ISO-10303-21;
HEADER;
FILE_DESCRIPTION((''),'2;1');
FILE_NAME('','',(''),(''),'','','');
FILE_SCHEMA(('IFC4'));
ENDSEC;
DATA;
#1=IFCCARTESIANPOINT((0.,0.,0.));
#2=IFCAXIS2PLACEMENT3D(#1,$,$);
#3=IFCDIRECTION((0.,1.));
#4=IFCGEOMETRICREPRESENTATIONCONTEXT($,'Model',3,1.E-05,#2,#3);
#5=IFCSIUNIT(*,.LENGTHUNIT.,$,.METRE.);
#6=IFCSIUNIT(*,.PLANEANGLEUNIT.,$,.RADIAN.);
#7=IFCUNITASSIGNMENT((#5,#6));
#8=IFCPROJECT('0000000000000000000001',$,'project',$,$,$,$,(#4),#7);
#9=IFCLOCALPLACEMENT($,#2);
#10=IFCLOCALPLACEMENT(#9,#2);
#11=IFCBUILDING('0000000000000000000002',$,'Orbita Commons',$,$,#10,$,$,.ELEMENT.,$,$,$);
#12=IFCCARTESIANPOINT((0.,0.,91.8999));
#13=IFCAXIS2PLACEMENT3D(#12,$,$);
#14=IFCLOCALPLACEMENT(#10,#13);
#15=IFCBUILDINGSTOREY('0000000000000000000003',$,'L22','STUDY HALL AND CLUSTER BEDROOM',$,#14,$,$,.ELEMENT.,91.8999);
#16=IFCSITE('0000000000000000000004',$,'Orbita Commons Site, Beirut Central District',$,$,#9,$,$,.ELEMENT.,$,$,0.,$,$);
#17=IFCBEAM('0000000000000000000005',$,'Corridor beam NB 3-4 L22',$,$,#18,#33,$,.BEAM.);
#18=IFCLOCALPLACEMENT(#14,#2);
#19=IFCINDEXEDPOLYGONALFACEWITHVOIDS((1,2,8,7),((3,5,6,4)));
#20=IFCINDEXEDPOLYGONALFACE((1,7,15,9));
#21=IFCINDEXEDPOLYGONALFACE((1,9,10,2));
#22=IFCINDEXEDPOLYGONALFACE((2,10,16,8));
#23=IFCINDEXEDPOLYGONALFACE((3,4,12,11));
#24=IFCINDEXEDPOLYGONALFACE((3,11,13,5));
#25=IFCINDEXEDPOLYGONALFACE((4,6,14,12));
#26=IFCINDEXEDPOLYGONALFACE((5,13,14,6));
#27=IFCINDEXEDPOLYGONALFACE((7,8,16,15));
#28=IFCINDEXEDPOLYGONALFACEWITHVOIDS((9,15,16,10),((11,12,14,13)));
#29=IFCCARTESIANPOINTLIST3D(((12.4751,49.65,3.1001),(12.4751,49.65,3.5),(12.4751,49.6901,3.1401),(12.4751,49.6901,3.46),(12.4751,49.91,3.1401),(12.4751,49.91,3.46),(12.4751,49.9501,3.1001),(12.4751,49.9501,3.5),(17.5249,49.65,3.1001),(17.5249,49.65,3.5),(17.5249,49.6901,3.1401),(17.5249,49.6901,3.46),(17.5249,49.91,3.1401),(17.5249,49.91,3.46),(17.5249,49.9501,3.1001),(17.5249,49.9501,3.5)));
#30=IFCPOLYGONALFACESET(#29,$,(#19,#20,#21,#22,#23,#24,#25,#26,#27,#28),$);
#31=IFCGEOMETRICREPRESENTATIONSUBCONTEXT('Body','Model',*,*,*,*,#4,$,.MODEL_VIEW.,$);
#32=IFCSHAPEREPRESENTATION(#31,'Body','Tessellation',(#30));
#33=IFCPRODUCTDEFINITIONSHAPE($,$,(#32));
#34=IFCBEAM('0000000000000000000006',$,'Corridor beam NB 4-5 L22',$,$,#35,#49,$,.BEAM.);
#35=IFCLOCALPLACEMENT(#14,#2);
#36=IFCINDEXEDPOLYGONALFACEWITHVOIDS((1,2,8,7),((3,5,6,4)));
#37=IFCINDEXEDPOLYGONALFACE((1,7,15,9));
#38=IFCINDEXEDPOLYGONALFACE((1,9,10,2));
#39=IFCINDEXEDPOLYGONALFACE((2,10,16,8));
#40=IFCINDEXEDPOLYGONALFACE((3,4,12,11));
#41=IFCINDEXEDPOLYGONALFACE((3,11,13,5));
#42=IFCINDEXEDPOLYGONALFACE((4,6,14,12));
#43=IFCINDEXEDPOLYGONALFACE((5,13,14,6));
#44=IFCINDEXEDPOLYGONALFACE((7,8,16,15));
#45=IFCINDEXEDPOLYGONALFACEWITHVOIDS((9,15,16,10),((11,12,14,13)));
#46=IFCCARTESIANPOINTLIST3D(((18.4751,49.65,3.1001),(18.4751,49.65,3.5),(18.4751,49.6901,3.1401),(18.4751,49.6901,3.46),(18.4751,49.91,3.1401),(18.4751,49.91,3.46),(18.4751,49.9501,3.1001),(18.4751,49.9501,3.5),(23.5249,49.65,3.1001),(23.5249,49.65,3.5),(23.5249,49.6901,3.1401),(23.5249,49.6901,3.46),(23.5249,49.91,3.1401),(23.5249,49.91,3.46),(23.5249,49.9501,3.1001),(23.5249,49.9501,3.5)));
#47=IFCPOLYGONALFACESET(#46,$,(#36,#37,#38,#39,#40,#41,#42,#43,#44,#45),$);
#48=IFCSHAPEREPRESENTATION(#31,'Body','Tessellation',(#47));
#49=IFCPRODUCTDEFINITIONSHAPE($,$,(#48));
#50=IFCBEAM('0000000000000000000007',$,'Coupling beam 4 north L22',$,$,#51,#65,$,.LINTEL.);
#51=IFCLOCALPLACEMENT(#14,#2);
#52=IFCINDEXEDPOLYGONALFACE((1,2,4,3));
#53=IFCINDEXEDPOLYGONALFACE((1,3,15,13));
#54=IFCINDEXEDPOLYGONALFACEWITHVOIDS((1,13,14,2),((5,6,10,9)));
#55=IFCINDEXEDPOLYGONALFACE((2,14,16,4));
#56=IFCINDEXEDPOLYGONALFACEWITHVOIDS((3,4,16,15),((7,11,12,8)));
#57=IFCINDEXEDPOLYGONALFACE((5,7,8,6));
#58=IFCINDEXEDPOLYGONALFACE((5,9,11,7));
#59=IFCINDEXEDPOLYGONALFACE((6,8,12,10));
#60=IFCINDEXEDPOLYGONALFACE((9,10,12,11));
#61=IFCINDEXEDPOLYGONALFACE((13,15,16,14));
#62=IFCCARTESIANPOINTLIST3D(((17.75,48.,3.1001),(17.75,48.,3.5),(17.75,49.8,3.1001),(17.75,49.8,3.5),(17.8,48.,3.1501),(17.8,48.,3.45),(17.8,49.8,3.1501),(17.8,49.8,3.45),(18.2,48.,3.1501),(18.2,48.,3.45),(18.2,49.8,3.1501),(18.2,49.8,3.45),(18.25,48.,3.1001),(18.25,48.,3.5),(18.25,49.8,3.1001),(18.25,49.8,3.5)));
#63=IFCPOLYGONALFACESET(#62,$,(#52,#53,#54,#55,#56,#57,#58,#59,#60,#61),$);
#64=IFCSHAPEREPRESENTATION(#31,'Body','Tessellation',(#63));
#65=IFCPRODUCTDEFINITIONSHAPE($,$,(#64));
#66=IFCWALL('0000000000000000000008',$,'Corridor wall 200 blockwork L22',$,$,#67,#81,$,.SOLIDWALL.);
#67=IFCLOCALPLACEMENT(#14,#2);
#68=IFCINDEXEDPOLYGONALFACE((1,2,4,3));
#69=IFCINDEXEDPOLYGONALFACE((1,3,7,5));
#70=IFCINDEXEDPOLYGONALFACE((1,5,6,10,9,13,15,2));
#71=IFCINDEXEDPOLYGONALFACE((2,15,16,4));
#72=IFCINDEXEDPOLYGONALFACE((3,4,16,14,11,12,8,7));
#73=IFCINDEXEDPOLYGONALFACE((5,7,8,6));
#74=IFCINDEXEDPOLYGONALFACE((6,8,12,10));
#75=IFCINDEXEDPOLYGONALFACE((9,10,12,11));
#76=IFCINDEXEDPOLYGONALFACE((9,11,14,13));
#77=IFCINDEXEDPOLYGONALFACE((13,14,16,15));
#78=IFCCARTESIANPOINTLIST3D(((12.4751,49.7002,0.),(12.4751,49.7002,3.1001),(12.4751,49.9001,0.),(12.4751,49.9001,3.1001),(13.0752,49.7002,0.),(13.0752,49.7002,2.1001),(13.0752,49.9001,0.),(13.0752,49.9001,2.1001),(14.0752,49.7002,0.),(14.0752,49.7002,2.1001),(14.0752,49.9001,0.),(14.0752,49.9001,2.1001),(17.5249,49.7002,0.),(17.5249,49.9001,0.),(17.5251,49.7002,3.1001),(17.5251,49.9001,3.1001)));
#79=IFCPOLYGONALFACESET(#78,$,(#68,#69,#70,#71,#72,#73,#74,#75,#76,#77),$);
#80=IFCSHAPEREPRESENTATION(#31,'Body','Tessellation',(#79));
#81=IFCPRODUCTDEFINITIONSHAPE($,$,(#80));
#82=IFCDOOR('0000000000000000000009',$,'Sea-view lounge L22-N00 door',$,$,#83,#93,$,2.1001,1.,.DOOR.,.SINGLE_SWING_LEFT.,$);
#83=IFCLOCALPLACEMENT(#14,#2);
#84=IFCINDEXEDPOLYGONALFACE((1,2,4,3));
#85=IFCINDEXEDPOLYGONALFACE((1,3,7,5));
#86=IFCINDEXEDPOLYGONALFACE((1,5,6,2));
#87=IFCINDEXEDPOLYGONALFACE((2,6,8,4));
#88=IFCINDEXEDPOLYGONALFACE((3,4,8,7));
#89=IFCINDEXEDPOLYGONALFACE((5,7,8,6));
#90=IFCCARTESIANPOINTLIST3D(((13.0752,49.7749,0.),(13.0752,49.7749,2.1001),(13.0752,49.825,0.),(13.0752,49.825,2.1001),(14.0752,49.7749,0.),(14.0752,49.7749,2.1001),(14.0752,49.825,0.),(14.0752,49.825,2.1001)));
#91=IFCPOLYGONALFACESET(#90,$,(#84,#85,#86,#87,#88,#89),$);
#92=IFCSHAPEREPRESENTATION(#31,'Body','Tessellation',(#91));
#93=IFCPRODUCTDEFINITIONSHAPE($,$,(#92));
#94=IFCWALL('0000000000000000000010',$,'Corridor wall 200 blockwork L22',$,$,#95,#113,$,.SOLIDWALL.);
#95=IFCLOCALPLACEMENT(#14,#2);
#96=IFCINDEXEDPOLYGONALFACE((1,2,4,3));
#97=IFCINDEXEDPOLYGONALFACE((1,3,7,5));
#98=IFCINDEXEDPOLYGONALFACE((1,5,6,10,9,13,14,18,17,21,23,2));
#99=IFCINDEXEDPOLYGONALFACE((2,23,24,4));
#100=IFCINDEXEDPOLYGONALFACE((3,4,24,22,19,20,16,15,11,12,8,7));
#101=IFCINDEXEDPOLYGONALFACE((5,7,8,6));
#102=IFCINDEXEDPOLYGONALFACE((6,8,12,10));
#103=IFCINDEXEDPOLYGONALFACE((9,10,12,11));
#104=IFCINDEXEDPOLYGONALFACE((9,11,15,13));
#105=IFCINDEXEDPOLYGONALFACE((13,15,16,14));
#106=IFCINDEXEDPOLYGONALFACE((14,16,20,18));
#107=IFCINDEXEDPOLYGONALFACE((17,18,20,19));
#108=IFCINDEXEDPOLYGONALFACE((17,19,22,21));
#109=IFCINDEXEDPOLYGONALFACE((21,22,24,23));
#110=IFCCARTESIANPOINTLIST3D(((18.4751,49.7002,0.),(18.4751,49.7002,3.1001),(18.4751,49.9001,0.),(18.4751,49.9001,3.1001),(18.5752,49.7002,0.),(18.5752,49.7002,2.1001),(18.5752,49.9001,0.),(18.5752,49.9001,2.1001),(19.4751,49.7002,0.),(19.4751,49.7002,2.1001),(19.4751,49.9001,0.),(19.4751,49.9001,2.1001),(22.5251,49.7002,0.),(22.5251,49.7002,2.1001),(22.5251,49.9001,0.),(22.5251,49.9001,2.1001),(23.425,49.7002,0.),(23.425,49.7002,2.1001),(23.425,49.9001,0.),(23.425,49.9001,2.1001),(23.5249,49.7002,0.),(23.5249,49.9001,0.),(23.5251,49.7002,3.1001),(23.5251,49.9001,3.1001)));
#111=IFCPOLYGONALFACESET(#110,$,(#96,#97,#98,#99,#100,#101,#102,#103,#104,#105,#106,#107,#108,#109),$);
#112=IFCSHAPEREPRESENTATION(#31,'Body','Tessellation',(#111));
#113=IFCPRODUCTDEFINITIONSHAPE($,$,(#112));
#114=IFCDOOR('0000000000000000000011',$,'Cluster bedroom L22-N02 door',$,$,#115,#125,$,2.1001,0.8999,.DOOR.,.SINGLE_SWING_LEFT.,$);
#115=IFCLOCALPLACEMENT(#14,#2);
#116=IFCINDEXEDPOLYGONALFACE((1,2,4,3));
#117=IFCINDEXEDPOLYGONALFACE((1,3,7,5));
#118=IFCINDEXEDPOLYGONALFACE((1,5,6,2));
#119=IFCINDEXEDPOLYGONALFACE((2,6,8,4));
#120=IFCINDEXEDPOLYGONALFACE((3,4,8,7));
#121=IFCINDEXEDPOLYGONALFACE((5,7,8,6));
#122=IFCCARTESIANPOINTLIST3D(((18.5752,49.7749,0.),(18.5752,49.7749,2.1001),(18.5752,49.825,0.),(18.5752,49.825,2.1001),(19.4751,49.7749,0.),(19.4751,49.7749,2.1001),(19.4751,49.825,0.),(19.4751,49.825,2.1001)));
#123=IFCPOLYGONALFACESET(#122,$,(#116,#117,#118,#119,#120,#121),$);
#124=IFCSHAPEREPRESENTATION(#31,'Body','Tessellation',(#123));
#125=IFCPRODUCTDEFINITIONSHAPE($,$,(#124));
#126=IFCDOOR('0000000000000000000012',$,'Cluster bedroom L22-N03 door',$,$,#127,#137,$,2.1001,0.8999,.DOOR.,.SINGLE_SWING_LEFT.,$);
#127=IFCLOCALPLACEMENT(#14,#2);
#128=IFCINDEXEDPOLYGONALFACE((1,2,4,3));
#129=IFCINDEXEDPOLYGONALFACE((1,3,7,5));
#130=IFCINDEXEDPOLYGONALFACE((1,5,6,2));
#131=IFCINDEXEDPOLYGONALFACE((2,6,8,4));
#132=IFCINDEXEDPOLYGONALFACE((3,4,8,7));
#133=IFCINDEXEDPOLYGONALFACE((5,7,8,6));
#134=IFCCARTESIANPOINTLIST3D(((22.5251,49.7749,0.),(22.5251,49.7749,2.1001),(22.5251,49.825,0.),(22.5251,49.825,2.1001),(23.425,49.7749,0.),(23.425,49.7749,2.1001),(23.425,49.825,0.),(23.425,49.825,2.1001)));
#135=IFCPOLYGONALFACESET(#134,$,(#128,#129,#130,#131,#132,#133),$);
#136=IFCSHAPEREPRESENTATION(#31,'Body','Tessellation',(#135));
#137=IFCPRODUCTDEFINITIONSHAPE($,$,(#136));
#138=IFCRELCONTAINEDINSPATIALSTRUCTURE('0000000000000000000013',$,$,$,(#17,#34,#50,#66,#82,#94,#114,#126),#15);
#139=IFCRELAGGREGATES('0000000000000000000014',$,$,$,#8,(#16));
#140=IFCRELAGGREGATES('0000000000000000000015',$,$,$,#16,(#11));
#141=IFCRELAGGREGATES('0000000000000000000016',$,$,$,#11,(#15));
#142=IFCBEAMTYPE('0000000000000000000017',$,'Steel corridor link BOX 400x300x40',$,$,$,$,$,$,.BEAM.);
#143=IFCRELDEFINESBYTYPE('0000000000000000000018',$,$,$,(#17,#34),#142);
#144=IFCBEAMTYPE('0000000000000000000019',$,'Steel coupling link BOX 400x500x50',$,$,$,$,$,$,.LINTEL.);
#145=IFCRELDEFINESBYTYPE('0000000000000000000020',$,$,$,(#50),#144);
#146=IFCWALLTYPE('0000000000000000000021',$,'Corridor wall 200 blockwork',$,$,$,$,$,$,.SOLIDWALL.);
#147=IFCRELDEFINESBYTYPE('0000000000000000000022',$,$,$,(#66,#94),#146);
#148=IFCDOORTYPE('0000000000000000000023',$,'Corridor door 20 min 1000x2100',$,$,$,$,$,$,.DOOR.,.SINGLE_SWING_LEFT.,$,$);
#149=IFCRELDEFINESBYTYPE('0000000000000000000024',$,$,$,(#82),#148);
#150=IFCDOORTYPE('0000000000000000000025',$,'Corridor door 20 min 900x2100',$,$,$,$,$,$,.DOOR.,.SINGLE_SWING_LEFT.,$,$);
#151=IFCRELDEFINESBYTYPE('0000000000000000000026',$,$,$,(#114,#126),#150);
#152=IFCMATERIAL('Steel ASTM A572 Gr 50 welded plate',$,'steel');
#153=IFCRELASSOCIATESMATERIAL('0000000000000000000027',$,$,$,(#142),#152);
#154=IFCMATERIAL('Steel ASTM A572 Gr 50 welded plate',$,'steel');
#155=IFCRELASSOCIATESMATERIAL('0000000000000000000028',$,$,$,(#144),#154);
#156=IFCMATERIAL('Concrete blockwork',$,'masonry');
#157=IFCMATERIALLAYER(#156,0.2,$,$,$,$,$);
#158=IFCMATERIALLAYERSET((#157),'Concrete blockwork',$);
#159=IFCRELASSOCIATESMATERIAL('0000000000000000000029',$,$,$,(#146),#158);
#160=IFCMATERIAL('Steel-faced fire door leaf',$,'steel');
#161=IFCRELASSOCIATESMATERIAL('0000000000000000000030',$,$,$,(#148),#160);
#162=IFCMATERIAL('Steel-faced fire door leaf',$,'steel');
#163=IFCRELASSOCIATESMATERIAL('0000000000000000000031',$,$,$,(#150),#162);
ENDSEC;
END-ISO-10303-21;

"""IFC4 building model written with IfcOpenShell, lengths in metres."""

from ifc_helpers import new_model, si_unit, direction, frame, frame_2d, origin, origin_2d, place, context, subcontext, project, spatial, polyline, rectangle, hollow_rectangle, outline, extrude, material, layer, layer_set, material_profile, profile_set, type_object, element, fill, save


model = new_model("IFC4")

# Units and contexts
model_context = context("Model", 3, precision=1e-05, world=origin(), true_north=direction((0.0, 1.0)))
body_context = subcontext(model_context, "Body", "Model", "MODEL_VIEW")
ifc_project = project(units=[si_unit("LENGTHUNIT", "METRE"), si_unit("PLANEANGLEUNIT", "RADIAN")], contexts=[model_context])

# Site, building, storey
site_placement = place(None, origin())
site = spatial("IfcSite", under=ifc_project, at=site_placement, Name="Orbita Commons Site, Beirut Central District", CompositionType="ELEMENT", RefElevation=0.0)
building_placement = place(site_placement, origin())
building = spatial("IfcBuilding", under=site, at=building_placement, Name="Orbita Commons", CompositionType="ELEMENT")
storey_placement = place(building_placement, frame((0.0, 0.0, 91.8999)))
storey = spatial("IfcBuildingStorey", under=building, at=storey_placement, Name="L22", Description="STUDY HALL AND CLUSTER BEDROOM", CompositionType="ELEMENT", Elevation=91.8999)

# Beams
ifc_material_1 = material(Name="Steel ASTM A572 Gr 50 welded plate", Category="steel")
ifc_material_profile_1 = material_profile(ifc_material_1, hollow_rectangle(XDim=0.3, YDim=0.3999, WallThickness=0.04, at=origin_2d()), Name="BOX 400x300x40")
ifc_profile_set_1 = profile_set([ifc_material_profile_1], Name="Steel ASTM A572 Gr 50 welded plate")
beam_type_1 = type_object("IfcBeamType", Name="Steel corridor link BOX 400x300x40", PredefinedType="BEAM", material=ifc_profile_set_1)
for number, where, z_axis, x_axis, name in (
    (1, (12.4751, 49.8, 3.3), (1.0, 0.0, 0.0), (0.0, 1.0, 0.0), "Corridor beam NB 3-4 L22"),
    (2, (18.4751, 49.8, 3.3), (1.0, 0.0, 0.0), (0.0, 1.0, 0.0), "Corridor beam NB 4-5 L22"),
):
    element("IfcBeam", number, at=place(storey_placement, frame(where, z_axis=z_axis, x_axis=x_axis)), inside=storey, type_object=beam_type_1, Name=name, PredefinedType="BEAM", context=body_context, shape_type="SweptSolid", body=[
        extrude(hollow_rectangle(XDim=0.3, YDim=0.3999, WallThickness=0.04, at=origin_2d()), origin(), (0.0, 0.0, 1.0), 5.0498),
    ])
ifc_material_2 = material(Name="Steel ASTM A572 Gr 50 welded plate", Category="steel")
ifc_material_profile_2 = material_profile(ifc_material_2, hollow_rectangle(XDim=0.5, YDim=0.3999, WallThickness=0.05, at=origin_2d()), Name="BOX 400x500x50")
ifc_profile_set_2 = profile_set([ifc_material_profile_2], Name="Steel ASTM A572 Gr 50 welded plate")
beam_type_2 = type_object("IfcBeamType", Name="Steel coupling link BOX 400x500x50", PredefinedType="LINTEL", material=ifc_profile_set_2)
beam_placement = place(storey_placement, frame((18.0, 48.0, 3.3), z_axis=(0.0, 1.0, 0.0), x_axis=(-1.0, 0.0, 0.0)))
element("IfcBeam", 3, at=beam_placement, inside=storey, type_object=beam_type_2, Name="Coupling beam 4 north L22", PredefinedType="LINTEL", context=body_context, shape_type="SweptSolid", body=[
    extrude(hollow_rectangle(XDim=0.5, YDim=0.3999, WallThickness=0.05, at=origin_2d()), origin(), (0.0, 0.0, 1.0), 1.8),
])

# Wall, opening, door
ifc_material_3 = material(Name="Concrete blockwork", Category="masonry")
ifc_layer_1 = layer(ifc_material_3, 0.2)
ifc_layer_set_1 = layer_set([ifc_layer_1], Name="Concrete blockwork")
wall_type_1 = type_object("IfcWallType", Name="Corridor wall 200 blockwork", PredefinedType="SOLIDWALL", material=ifc_layer_set_1)
wall_1_placement = place(storey_placement, frame((12.4751, 49.8, 0.0), z_axis=(0.0, 0.0, 1.0), x_axis=(1.0, 0.0, 0.0)))
wall_1 = element("IfcWall", 4, at=wall_1_placement, inside=storey, type_object=wall_type_1, Name="Corridor wall 200 blockwork L22", PredefinedType="SOLIDWALL", context=body_context, shape_type="SweptSolid", body=[
    extrude(outline(polyline([(0.0, 0.0), (5.0498, 0.0), (5.05, 3.1001), (0.0, 3.1001), (0.0, 0.0)])), frame((0.0, 0.1001, 0.0), z_axis=(0.0, -1.0, 0.0), x_axis=(1.0, 0.0, 0.0)), (0.0, 0.0, 1.0), 0.2),
])
opening_1_placement = place(wall_1_placement, frame((0.6001, 0.0, 0.0)))
opening_1 = element("IfcOpeningElement", 5, at=opening_1_placement, cuts=wall_1, PredefinedType="OPENING", context=body_context, shape_type="SweptSolid", body=[
    extrude(rectangle(XDim=1.0, YDim=2.1001, at=frame_2d((0.5, 1.05))), frame((0.0, 0.1099, 0.0), z_axis=(0.0, -1.0, 0.0), x_axis=(1.0, 0.0, 0.0)), (0.0, 0.0, 1.0), 0.22),
])
ifc_material_4 = material(Name="Steel-faced fire door leaf", Category="steel")
door_type_1 = type_object("IfcDoorType", Name="Corridor door 20 min 1000x2100", OperationType="SINGLE_SWING_LEFT", PredefinedType="DOOR", material=ifc_material_4)
door_1_placement = place(opening_1_placement, origin())
door_1 = element("IfcDoor", 6, at=door_1_placement, inside=storey, type_object=door_type_1, Name="Sea-view lounge L22-N00 door", OperationType="SINGLE_SWING_LEFT", OverallHeight=2.1001, OverallWidth=1.0, PredefinedType="DOOR", context=body_context, shape_type="SweptSolid", body=[
    extrude(rectangle(XDim=1.0, YDim=2.1001, at=frame_2d((0.5, 1.05))), frame((0.0, 0.0249, 0.0), z_axis=(0.0, -1.0, 0.0), x_axis=(1.0, 0.0, 0.0)), (0.0, 0.0, 1.0), 0.05),
])
fill(opening_1, door_1)

# Wall, openings, doors
wall_2_placement = place(storey_placement, frame((18.4751, 49.8, 0.0), z_axis=(0.0, 0.0, 1.0), x_axis=(1.0, 0.0, 0.0)))
wall_2 = element("IfcWall", 7, at=wall_2_placement, inside=storey, type_object=wall_type_1, Name="Corridor wall 200 blockwork L22", PredefinedType="SOLIDWALL", context=body_context, shape_type="SweptSolid", body=[
    extrude(outline(polyline([(0.0, 0.0), (5.0498, 0.0), (5.05, 3.1001), (0.0, 3.1001), (0.0, 0.0)])), frame((0.0, 0.1001, 0.0), z_axis=(0.0, -1.0, 0.0), x_axis=(1.0, 0.0, 0.0)), (0.0, 0.0, 1.0), 0.2),
])
opening_2_placement = place(wall_2_placement, frame((0.1001, 0.0, 0.0)))
opening_2 = element("IfcOpeningElement", 8, at=opening_2_placement, cuts=wall_2, PredefinedType="OPENING", context=body_context, shape_type="SweptSolid", body=[
    extrude(rectangle(XDim=0.8999, YDim=2.1001, at=frame_2d((0.45, 1.05))), frame((0.0, 0.1099, 0.0), z_axis=(0.0, -1.0, 0.0), x_axis=(1.0, 0.0, 0.0)), (0.0, 0.0, 1.0), 0.22),
])
opening_3_placement = place(wall_2_placement, frame((4.05, 0.0, 0.0)))
opening_3 = element("IfcOpeningElement", 9, at=opening_3_placement, cuts=wall_2, PredefinedType="OPENING", context=body_context, shape_type="SweptSolid", body=[
    extrude(rectangle(XDim=0.8999, YDim=2.1001, at=frame_2d((0.45, 1.05))), frame((0.0, 0.1099, 0.0), z_axis=(0.0, -1.0, 0.0), x_axis=(1.0, 0.0, 0.0)), (0.0, 0.0, 1.0), 0.22),
])
ifc_material_5 = material(Name="Steel-faced fire door leaf", Category="steel")
door_type_2 = type_object("IfcDoorType", Name="Corridor door 20 min 900x2100", OperationType="SINGLE_SWING_LEFT", PredefinedType="DOOR", material=ifc_material_5)
door_2_placement = place(opening_2_placement, origin())
door_2 = element("IfcDoor", 10, at=door_2_placement, inside=storey, type_object=door_type_2, Name="Cluster bedroom L22-N02 door", OperationType="SINGLE_SWING_LEFT", OverallHeight=2.1001, OverallWidth=0.8999, PredefinedType="DOOR", context=body_context, shape_type="SweptSolid", body=[
    extrude(rectangle(XDim=0.8999, YDim=2.1001, at=frame_2d((0.45, 1.05))), frame((0.0, 0.0249, 0.0), z_axis=(0.0, -1.0, 0.0), x_axis=(1.0, 0.0, 0.0)), (0.0, 0.0, 1.0), 0.05),
])
fill(opening_2, door_2)
door_3_placement = place(opening_3_placement, origin())
door_3 = element("IfcDoor", 11, at=door_3_placement, inside=storey, type_object=door_type_2, Name="Cluster bedroom L22-N03 door", OperationType="SINGLE_SWING_LEFT", OverallHeight=2.1001, OverallWidth=0.8999, PredefinedType="DOOR", context=body_context, shape_type="SweptSolid", body=[
    extrude(rectangle(XDim=0.8999, YDim=2.1001, at=frame_2d((0.45, 1.05))), frame((0.0, 0.0249, 0.0), z_axis=(0.0, -1.0, 0.0), x_axis=(1.0, 0.0, 0.0)), (0.0, 0.0, 1.0), 0.05),
])
fill(opening_3, door_3)

save(model, "model.ifc")
